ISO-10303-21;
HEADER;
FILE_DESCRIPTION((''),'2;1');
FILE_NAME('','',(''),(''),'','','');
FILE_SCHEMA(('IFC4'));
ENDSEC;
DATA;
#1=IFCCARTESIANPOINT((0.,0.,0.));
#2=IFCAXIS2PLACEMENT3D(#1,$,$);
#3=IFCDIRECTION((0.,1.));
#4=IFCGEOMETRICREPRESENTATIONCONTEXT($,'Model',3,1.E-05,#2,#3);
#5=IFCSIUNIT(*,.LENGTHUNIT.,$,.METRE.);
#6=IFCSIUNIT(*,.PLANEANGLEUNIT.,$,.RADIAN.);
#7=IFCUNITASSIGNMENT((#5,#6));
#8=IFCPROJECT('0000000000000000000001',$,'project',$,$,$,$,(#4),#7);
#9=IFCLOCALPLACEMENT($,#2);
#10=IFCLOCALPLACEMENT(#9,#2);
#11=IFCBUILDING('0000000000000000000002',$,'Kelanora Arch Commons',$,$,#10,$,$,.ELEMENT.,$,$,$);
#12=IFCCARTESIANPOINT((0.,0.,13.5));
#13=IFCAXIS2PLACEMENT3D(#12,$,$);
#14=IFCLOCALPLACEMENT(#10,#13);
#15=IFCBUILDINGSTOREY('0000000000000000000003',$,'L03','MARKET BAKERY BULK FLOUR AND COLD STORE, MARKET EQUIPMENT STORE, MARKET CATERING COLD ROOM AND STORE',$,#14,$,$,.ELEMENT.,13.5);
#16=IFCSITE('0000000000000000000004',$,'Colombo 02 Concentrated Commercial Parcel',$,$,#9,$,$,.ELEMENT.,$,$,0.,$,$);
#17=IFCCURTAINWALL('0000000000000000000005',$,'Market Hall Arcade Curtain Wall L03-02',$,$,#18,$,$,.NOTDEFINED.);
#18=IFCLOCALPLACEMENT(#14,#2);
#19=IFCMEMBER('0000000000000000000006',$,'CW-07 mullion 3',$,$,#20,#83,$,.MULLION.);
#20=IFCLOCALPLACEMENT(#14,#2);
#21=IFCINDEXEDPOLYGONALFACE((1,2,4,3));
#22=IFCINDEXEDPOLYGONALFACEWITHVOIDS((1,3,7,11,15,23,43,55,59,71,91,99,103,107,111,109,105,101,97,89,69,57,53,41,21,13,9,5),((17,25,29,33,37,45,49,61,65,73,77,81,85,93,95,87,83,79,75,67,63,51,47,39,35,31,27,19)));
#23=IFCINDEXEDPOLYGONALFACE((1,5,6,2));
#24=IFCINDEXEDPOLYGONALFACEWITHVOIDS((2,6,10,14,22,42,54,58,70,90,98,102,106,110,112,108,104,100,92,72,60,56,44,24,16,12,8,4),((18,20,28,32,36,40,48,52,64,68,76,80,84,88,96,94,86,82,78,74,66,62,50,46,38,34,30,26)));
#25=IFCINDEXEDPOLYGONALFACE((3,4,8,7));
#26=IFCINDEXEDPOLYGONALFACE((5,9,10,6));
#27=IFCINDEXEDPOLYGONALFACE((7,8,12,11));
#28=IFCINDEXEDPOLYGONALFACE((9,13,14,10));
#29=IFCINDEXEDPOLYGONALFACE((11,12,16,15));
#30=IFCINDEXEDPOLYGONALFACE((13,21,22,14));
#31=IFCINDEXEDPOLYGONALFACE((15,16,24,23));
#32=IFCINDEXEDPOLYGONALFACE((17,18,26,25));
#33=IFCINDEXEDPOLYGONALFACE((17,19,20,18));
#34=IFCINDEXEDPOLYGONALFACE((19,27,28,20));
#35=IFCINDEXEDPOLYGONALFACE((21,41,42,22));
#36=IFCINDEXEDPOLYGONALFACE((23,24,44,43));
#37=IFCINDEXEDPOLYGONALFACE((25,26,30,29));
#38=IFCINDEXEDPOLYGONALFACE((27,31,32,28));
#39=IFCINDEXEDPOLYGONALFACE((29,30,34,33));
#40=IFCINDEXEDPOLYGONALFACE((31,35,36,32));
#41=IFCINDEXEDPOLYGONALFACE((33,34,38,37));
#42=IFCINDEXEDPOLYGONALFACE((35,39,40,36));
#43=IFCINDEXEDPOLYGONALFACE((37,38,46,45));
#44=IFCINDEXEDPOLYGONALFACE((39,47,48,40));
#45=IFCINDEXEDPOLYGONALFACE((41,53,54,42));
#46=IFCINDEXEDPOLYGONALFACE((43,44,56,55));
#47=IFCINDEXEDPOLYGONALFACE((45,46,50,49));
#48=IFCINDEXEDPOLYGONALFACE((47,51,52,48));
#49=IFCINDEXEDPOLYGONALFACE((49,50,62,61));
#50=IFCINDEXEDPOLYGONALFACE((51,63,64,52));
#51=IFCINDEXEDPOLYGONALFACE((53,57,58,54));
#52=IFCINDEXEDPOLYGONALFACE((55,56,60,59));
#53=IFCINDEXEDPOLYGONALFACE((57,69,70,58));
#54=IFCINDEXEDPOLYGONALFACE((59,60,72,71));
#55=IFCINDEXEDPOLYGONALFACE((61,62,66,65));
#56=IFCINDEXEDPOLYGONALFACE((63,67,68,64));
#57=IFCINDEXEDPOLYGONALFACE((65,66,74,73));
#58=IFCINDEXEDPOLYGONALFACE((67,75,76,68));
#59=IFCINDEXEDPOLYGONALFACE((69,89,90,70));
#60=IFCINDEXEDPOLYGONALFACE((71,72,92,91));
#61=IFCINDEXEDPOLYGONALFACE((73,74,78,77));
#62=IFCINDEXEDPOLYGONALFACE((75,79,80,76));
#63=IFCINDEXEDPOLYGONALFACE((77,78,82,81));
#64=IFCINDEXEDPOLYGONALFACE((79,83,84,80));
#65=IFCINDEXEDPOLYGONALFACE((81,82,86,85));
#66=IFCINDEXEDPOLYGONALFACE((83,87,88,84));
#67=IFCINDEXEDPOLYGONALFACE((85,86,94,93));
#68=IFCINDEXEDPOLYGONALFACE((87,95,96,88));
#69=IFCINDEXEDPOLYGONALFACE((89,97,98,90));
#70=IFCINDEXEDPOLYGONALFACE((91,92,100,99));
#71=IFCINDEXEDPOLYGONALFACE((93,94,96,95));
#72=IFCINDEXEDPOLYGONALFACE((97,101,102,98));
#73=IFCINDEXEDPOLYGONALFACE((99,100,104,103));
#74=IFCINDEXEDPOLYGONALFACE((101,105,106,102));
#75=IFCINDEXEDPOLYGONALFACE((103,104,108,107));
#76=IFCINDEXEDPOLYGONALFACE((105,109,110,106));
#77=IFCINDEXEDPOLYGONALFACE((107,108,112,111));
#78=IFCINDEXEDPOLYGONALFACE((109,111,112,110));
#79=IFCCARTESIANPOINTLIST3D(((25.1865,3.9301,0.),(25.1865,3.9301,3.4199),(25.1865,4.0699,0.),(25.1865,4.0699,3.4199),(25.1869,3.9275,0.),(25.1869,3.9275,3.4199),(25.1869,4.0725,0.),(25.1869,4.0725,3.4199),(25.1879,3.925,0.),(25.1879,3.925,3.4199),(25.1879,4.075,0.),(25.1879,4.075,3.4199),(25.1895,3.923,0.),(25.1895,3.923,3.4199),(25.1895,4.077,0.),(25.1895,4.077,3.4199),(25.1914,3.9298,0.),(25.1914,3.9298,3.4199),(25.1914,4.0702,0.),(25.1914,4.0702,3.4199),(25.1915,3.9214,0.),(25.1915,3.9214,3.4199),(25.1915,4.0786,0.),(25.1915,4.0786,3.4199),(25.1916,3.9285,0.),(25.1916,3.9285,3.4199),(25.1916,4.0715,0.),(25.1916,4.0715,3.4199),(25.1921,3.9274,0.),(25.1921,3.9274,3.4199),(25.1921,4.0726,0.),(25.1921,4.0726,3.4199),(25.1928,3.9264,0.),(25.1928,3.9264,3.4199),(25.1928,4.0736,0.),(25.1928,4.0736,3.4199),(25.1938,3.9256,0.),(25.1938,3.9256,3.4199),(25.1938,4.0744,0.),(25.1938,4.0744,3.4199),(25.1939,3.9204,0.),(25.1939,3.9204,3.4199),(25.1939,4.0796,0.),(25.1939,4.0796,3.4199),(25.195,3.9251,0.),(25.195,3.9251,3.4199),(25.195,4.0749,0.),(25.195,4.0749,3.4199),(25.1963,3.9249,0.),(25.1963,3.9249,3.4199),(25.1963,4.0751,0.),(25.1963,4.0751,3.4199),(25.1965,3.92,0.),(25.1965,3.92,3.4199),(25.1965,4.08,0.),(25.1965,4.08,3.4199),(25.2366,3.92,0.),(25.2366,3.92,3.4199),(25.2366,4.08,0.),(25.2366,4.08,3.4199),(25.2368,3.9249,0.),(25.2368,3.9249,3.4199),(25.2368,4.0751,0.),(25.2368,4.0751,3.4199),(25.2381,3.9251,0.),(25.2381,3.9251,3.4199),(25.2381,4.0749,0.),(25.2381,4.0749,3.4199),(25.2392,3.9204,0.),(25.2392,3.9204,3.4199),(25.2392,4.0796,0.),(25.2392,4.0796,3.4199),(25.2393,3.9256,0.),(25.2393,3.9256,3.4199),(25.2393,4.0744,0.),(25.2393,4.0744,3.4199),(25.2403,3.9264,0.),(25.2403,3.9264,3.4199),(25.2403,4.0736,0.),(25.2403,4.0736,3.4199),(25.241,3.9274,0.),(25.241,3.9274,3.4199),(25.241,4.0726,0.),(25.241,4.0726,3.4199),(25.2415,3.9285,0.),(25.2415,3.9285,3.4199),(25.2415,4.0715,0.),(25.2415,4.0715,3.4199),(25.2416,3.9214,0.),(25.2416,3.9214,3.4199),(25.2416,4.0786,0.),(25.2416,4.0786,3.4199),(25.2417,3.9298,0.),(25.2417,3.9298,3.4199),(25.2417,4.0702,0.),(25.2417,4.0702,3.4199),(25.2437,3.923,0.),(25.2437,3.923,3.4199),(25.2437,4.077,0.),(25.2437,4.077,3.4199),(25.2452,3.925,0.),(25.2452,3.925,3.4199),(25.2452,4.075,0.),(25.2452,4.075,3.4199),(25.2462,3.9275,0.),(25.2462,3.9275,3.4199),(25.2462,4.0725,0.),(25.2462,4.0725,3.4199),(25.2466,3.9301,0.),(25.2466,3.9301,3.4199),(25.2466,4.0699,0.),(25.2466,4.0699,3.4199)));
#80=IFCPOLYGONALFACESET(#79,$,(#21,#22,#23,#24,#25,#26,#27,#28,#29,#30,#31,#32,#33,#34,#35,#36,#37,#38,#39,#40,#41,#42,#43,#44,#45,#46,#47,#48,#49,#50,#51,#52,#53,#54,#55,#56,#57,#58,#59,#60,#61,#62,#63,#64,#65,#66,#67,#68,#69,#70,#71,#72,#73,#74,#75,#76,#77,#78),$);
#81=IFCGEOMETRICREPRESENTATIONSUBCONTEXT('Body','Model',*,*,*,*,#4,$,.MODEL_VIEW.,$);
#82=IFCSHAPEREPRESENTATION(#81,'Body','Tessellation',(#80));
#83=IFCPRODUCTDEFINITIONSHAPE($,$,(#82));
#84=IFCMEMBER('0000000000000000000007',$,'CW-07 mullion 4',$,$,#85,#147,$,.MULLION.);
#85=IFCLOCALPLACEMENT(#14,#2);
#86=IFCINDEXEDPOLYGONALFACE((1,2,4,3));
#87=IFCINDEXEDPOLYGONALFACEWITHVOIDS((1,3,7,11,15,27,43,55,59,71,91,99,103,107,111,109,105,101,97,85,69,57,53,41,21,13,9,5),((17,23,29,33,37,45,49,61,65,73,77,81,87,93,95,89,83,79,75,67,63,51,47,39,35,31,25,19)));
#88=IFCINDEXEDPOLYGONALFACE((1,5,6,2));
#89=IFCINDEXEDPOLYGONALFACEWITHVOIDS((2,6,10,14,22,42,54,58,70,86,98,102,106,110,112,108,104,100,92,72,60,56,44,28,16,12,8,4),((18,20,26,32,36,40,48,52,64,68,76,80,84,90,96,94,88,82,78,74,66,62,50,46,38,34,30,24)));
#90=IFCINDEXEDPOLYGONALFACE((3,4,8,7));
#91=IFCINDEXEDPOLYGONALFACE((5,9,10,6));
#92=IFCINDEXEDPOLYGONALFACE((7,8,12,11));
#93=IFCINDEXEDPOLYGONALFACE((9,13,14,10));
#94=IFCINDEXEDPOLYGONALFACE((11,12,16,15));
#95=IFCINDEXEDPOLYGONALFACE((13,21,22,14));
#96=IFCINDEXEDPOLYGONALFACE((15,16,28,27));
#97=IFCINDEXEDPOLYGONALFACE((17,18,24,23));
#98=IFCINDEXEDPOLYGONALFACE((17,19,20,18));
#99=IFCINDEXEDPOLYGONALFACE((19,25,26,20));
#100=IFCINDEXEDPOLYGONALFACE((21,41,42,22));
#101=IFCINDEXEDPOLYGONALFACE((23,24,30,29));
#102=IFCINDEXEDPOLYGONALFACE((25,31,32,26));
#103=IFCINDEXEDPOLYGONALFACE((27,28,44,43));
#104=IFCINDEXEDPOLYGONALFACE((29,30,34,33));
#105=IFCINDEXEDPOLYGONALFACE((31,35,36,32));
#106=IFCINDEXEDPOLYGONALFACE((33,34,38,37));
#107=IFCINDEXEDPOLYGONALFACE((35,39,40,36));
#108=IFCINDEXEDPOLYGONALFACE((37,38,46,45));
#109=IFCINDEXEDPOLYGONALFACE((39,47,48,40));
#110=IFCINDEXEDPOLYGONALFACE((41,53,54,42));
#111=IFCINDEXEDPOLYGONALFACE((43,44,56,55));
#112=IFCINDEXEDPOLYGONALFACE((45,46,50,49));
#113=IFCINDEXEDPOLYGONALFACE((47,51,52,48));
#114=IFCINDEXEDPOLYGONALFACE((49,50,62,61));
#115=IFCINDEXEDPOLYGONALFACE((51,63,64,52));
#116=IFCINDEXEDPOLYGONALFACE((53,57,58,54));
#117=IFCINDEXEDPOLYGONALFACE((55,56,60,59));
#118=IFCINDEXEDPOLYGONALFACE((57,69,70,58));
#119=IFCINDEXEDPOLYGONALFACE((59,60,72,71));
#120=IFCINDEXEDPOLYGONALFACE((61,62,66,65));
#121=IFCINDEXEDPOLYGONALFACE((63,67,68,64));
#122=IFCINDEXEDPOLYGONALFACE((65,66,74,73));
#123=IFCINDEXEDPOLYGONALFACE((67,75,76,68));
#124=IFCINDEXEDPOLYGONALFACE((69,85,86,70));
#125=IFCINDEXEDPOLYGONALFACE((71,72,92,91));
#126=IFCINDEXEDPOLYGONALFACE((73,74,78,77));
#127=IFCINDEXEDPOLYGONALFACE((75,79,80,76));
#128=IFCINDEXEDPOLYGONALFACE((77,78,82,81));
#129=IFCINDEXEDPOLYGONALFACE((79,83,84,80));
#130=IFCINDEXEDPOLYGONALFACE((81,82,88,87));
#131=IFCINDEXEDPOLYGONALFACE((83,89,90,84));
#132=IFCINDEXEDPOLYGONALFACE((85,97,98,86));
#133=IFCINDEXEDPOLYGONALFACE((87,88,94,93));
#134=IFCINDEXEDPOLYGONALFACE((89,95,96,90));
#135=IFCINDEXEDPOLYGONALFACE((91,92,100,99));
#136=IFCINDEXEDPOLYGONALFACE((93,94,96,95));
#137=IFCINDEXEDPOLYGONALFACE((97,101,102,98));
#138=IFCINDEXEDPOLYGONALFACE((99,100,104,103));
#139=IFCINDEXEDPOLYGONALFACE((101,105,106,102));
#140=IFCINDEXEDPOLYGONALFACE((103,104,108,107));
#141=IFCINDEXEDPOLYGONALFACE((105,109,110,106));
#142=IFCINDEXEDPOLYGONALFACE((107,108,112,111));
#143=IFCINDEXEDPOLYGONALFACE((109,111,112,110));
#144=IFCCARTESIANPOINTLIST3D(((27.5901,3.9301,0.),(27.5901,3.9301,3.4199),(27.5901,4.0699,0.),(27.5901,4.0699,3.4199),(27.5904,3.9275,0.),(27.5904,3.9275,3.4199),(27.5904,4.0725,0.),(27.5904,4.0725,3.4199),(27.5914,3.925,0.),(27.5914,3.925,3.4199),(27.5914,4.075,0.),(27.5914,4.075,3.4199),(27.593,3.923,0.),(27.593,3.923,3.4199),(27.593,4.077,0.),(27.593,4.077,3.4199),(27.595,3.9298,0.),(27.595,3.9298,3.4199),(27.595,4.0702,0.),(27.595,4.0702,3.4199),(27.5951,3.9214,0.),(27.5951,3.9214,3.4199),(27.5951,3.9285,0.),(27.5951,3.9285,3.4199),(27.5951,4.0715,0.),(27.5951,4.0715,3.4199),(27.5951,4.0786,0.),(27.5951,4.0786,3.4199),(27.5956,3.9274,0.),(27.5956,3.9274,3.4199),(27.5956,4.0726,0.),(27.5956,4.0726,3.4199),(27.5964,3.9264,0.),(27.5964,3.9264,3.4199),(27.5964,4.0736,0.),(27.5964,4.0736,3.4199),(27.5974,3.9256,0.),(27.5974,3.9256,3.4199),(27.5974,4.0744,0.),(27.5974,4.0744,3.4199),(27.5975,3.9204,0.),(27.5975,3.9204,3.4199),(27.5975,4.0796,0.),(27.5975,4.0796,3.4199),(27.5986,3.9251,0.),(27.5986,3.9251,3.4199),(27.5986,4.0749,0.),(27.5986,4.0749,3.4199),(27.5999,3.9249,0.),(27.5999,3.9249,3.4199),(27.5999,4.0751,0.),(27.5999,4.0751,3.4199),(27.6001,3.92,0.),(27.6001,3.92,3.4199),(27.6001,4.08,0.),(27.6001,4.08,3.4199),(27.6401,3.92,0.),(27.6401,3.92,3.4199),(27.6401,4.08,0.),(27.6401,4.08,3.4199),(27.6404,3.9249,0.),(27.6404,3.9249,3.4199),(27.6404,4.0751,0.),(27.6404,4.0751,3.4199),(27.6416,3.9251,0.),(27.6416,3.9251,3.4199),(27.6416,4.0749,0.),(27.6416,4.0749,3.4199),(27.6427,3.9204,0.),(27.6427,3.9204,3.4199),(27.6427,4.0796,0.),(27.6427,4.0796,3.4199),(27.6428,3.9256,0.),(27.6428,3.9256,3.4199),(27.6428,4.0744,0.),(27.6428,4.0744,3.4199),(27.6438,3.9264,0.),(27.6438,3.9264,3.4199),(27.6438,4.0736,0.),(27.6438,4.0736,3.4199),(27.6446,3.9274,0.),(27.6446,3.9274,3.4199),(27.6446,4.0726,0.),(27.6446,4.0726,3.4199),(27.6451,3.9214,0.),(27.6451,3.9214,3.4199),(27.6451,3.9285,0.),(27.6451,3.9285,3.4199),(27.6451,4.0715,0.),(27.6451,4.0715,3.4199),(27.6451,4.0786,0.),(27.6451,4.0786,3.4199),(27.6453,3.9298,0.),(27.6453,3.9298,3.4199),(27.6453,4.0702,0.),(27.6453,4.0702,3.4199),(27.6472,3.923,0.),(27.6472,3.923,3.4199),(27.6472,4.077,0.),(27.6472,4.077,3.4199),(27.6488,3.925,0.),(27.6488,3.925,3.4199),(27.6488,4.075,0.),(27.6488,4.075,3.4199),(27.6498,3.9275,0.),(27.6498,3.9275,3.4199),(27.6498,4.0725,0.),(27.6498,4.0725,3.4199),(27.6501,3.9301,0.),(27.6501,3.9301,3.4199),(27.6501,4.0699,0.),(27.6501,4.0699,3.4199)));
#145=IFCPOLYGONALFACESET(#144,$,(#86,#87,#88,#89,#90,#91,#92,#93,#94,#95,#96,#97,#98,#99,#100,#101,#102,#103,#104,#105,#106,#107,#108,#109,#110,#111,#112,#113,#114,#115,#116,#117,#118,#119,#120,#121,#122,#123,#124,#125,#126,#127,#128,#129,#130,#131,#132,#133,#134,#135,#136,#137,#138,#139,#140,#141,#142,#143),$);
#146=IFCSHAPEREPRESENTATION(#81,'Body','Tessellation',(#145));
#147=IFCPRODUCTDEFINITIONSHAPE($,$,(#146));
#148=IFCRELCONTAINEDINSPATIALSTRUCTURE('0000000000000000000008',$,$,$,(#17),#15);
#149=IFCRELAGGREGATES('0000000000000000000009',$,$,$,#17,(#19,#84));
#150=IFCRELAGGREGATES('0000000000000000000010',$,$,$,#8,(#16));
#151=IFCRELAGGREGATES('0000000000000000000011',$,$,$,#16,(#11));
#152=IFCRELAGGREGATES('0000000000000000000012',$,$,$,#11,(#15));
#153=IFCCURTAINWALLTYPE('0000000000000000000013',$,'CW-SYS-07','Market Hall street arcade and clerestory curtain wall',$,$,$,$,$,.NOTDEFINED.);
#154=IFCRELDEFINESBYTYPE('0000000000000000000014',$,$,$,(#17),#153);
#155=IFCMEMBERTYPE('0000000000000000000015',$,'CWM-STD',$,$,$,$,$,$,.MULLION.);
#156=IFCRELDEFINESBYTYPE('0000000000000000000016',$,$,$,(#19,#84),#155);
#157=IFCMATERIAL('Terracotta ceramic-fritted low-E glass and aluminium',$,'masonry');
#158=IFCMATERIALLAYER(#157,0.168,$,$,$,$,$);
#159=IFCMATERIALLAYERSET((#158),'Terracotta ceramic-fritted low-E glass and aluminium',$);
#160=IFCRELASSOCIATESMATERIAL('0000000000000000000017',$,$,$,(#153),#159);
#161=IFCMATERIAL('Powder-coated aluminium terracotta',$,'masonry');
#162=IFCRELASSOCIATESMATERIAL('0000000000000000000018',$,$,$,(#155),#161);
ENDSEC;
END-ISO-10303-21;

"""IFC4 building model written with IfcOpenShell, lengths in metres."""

from ifc_helpers import new_model, si_unit, direction, frame, origin, origin_2d, place, context, subcontext, project, spatial, hollow_rectangle, extrude, material, layer, layer_set, material_profile, profile_set, type_object, element, aggregate, save


model = new_model("IFC4")

# Units and contexts
model_context = context("Model", 3, precision=1e-05, world=origin(), true_north=direction((0.0, 1.0)))
body_context = subcontext(model_context, "Body", "Model", "MODEL_VIEW")
ifc_project = project(units=[si_unit("LENGTHUNIT", "METRE"), si_unit("PLANEANGLEUNIT", "RADIAN")], contexts=[model_context])

# Site, building, storey
site_placement = place(None, origin())
site = spatial("IfcSite", under=ifc_project, at=site_placement, Name="Colombo 02 Concentrated Commercial Parcel", CompositionType="ELEMENT", RefElevation=0.0)
building_placement = place(site_placement, origin())
building = spatial("IfcBuilding", under=site, at=building_placement, Name="Kelanora Arch Commons", CompositionType="ELEMENT")
storey_placement = place(building_placement, frame((0.0, 0.0, 13.5)))
storey = spatial("IfcBuildingStorey", under=building, at=storey_placement, Name="L03", Description="MARKET BAKERY BULK FLOUR AND COLD STORE, MARKET EQUIPMENT STORE, MARKET CATERING COLD ROOM AND STORE", CompositionType="ELEMENT", Elevation=13.5)

# Curtain wall, members
ifc_material_1 = material(Name="Terracotta ceramic-fritted low-E glass and aluminium", Category="masonry")
ifc_layer_1 = layer(ifc_material_1, 0.168)
ifc_layer_set_1 = layer_set([ifc_layer_1], Name="Terracotta ceramic-fritted low-E glass and aluminium")
curtain_wall_type = type_object("IfcCurtainWallType", Name="CW-SYS-07", Description="Market Hall street arcade and clerestory curtain wall", PredefinedType="NOTDEFINED", material=ifc_layer_set_1)
curtain_wall_placement = place(storey_placement, origin())
curtain_wall = element("IfcCurtainWall", 1, at=curtain_wall_placement, inside=storey, type_object=curtain_wall_type, Name="Market Hall Arcade Curtain Wall L03-02", PredefinedType="NOTDEFINED")
ifc_material_2 = material(Name="Powder-coated aluminium terracotta", Category="masonry")
ifc_material_profile_1 = material_profile(ifc_material_2, hollow_rectangle(XDim=0.1599, YDim=0.0601, WallThickness=0.0049, InnerFilletRadius=0.0049, OuterFilletRadius=0.01, at=origin_2d()), Name="CWM160x60")
ifc_profile_set_1 = profile_set([ifc_material_profile_1], Name="Powder-coated aluminium terracotta")
member_type_1 = type_object("IfcMemberType", Name="CWM-STD", PredefinedType="MULLION", material=ifc_profile_set_1)
member_1_placement = place(storey_placement, frame((25.2166, 4.0, 0.0), z_axis=(0.0, 0.0, 1.0), x_axis=(0.0, 1.0, 0.0)))
member_1 = element("IfcMember", 2, at=member_1_placement, type_object=member_type_1, Name="CW-07 mullion 3", PredefinedType="MULLION", context=body_context, shape_type="SweptSolid", body=[
    extrude(hollow_rectangle(XDim=0.1599, YDim=0.0601, WallThickness=0.0049, InnerFilletRadius=0.0049, OuterFilletRadius=0.01, at=origin_2d()), origin(), (0.0, 0.0, 1.0), 3.4199),
])
member_2_placement = place(storey_placement, frame((27.6201, 4.0, 0.0), z_axis=(0.0, 0.0, 1.0), x_axis=(0.0, 1.0, 0.0)))
member_2 = element("IfcMember", 3, at=member_2_placement, type_object=member_type_1, Name="CW-07 mullion 4", PredefinedType="MULLION", context=body_context, shape_type="SweptSolid", body=[
    extrude(hollow_rectangle(XDim=0.1599, YDim=0.0601, WallThickness=0.0049, InnerFilletRadius=0.0049, OuterFilletRadius=0.01, at=origin_2d()), origin(), (0.0, 0.0, 1.0), 3.4199),
])
aggregate(curtain_wall, [member_1, member_2])

save(model, "model.ifc")
